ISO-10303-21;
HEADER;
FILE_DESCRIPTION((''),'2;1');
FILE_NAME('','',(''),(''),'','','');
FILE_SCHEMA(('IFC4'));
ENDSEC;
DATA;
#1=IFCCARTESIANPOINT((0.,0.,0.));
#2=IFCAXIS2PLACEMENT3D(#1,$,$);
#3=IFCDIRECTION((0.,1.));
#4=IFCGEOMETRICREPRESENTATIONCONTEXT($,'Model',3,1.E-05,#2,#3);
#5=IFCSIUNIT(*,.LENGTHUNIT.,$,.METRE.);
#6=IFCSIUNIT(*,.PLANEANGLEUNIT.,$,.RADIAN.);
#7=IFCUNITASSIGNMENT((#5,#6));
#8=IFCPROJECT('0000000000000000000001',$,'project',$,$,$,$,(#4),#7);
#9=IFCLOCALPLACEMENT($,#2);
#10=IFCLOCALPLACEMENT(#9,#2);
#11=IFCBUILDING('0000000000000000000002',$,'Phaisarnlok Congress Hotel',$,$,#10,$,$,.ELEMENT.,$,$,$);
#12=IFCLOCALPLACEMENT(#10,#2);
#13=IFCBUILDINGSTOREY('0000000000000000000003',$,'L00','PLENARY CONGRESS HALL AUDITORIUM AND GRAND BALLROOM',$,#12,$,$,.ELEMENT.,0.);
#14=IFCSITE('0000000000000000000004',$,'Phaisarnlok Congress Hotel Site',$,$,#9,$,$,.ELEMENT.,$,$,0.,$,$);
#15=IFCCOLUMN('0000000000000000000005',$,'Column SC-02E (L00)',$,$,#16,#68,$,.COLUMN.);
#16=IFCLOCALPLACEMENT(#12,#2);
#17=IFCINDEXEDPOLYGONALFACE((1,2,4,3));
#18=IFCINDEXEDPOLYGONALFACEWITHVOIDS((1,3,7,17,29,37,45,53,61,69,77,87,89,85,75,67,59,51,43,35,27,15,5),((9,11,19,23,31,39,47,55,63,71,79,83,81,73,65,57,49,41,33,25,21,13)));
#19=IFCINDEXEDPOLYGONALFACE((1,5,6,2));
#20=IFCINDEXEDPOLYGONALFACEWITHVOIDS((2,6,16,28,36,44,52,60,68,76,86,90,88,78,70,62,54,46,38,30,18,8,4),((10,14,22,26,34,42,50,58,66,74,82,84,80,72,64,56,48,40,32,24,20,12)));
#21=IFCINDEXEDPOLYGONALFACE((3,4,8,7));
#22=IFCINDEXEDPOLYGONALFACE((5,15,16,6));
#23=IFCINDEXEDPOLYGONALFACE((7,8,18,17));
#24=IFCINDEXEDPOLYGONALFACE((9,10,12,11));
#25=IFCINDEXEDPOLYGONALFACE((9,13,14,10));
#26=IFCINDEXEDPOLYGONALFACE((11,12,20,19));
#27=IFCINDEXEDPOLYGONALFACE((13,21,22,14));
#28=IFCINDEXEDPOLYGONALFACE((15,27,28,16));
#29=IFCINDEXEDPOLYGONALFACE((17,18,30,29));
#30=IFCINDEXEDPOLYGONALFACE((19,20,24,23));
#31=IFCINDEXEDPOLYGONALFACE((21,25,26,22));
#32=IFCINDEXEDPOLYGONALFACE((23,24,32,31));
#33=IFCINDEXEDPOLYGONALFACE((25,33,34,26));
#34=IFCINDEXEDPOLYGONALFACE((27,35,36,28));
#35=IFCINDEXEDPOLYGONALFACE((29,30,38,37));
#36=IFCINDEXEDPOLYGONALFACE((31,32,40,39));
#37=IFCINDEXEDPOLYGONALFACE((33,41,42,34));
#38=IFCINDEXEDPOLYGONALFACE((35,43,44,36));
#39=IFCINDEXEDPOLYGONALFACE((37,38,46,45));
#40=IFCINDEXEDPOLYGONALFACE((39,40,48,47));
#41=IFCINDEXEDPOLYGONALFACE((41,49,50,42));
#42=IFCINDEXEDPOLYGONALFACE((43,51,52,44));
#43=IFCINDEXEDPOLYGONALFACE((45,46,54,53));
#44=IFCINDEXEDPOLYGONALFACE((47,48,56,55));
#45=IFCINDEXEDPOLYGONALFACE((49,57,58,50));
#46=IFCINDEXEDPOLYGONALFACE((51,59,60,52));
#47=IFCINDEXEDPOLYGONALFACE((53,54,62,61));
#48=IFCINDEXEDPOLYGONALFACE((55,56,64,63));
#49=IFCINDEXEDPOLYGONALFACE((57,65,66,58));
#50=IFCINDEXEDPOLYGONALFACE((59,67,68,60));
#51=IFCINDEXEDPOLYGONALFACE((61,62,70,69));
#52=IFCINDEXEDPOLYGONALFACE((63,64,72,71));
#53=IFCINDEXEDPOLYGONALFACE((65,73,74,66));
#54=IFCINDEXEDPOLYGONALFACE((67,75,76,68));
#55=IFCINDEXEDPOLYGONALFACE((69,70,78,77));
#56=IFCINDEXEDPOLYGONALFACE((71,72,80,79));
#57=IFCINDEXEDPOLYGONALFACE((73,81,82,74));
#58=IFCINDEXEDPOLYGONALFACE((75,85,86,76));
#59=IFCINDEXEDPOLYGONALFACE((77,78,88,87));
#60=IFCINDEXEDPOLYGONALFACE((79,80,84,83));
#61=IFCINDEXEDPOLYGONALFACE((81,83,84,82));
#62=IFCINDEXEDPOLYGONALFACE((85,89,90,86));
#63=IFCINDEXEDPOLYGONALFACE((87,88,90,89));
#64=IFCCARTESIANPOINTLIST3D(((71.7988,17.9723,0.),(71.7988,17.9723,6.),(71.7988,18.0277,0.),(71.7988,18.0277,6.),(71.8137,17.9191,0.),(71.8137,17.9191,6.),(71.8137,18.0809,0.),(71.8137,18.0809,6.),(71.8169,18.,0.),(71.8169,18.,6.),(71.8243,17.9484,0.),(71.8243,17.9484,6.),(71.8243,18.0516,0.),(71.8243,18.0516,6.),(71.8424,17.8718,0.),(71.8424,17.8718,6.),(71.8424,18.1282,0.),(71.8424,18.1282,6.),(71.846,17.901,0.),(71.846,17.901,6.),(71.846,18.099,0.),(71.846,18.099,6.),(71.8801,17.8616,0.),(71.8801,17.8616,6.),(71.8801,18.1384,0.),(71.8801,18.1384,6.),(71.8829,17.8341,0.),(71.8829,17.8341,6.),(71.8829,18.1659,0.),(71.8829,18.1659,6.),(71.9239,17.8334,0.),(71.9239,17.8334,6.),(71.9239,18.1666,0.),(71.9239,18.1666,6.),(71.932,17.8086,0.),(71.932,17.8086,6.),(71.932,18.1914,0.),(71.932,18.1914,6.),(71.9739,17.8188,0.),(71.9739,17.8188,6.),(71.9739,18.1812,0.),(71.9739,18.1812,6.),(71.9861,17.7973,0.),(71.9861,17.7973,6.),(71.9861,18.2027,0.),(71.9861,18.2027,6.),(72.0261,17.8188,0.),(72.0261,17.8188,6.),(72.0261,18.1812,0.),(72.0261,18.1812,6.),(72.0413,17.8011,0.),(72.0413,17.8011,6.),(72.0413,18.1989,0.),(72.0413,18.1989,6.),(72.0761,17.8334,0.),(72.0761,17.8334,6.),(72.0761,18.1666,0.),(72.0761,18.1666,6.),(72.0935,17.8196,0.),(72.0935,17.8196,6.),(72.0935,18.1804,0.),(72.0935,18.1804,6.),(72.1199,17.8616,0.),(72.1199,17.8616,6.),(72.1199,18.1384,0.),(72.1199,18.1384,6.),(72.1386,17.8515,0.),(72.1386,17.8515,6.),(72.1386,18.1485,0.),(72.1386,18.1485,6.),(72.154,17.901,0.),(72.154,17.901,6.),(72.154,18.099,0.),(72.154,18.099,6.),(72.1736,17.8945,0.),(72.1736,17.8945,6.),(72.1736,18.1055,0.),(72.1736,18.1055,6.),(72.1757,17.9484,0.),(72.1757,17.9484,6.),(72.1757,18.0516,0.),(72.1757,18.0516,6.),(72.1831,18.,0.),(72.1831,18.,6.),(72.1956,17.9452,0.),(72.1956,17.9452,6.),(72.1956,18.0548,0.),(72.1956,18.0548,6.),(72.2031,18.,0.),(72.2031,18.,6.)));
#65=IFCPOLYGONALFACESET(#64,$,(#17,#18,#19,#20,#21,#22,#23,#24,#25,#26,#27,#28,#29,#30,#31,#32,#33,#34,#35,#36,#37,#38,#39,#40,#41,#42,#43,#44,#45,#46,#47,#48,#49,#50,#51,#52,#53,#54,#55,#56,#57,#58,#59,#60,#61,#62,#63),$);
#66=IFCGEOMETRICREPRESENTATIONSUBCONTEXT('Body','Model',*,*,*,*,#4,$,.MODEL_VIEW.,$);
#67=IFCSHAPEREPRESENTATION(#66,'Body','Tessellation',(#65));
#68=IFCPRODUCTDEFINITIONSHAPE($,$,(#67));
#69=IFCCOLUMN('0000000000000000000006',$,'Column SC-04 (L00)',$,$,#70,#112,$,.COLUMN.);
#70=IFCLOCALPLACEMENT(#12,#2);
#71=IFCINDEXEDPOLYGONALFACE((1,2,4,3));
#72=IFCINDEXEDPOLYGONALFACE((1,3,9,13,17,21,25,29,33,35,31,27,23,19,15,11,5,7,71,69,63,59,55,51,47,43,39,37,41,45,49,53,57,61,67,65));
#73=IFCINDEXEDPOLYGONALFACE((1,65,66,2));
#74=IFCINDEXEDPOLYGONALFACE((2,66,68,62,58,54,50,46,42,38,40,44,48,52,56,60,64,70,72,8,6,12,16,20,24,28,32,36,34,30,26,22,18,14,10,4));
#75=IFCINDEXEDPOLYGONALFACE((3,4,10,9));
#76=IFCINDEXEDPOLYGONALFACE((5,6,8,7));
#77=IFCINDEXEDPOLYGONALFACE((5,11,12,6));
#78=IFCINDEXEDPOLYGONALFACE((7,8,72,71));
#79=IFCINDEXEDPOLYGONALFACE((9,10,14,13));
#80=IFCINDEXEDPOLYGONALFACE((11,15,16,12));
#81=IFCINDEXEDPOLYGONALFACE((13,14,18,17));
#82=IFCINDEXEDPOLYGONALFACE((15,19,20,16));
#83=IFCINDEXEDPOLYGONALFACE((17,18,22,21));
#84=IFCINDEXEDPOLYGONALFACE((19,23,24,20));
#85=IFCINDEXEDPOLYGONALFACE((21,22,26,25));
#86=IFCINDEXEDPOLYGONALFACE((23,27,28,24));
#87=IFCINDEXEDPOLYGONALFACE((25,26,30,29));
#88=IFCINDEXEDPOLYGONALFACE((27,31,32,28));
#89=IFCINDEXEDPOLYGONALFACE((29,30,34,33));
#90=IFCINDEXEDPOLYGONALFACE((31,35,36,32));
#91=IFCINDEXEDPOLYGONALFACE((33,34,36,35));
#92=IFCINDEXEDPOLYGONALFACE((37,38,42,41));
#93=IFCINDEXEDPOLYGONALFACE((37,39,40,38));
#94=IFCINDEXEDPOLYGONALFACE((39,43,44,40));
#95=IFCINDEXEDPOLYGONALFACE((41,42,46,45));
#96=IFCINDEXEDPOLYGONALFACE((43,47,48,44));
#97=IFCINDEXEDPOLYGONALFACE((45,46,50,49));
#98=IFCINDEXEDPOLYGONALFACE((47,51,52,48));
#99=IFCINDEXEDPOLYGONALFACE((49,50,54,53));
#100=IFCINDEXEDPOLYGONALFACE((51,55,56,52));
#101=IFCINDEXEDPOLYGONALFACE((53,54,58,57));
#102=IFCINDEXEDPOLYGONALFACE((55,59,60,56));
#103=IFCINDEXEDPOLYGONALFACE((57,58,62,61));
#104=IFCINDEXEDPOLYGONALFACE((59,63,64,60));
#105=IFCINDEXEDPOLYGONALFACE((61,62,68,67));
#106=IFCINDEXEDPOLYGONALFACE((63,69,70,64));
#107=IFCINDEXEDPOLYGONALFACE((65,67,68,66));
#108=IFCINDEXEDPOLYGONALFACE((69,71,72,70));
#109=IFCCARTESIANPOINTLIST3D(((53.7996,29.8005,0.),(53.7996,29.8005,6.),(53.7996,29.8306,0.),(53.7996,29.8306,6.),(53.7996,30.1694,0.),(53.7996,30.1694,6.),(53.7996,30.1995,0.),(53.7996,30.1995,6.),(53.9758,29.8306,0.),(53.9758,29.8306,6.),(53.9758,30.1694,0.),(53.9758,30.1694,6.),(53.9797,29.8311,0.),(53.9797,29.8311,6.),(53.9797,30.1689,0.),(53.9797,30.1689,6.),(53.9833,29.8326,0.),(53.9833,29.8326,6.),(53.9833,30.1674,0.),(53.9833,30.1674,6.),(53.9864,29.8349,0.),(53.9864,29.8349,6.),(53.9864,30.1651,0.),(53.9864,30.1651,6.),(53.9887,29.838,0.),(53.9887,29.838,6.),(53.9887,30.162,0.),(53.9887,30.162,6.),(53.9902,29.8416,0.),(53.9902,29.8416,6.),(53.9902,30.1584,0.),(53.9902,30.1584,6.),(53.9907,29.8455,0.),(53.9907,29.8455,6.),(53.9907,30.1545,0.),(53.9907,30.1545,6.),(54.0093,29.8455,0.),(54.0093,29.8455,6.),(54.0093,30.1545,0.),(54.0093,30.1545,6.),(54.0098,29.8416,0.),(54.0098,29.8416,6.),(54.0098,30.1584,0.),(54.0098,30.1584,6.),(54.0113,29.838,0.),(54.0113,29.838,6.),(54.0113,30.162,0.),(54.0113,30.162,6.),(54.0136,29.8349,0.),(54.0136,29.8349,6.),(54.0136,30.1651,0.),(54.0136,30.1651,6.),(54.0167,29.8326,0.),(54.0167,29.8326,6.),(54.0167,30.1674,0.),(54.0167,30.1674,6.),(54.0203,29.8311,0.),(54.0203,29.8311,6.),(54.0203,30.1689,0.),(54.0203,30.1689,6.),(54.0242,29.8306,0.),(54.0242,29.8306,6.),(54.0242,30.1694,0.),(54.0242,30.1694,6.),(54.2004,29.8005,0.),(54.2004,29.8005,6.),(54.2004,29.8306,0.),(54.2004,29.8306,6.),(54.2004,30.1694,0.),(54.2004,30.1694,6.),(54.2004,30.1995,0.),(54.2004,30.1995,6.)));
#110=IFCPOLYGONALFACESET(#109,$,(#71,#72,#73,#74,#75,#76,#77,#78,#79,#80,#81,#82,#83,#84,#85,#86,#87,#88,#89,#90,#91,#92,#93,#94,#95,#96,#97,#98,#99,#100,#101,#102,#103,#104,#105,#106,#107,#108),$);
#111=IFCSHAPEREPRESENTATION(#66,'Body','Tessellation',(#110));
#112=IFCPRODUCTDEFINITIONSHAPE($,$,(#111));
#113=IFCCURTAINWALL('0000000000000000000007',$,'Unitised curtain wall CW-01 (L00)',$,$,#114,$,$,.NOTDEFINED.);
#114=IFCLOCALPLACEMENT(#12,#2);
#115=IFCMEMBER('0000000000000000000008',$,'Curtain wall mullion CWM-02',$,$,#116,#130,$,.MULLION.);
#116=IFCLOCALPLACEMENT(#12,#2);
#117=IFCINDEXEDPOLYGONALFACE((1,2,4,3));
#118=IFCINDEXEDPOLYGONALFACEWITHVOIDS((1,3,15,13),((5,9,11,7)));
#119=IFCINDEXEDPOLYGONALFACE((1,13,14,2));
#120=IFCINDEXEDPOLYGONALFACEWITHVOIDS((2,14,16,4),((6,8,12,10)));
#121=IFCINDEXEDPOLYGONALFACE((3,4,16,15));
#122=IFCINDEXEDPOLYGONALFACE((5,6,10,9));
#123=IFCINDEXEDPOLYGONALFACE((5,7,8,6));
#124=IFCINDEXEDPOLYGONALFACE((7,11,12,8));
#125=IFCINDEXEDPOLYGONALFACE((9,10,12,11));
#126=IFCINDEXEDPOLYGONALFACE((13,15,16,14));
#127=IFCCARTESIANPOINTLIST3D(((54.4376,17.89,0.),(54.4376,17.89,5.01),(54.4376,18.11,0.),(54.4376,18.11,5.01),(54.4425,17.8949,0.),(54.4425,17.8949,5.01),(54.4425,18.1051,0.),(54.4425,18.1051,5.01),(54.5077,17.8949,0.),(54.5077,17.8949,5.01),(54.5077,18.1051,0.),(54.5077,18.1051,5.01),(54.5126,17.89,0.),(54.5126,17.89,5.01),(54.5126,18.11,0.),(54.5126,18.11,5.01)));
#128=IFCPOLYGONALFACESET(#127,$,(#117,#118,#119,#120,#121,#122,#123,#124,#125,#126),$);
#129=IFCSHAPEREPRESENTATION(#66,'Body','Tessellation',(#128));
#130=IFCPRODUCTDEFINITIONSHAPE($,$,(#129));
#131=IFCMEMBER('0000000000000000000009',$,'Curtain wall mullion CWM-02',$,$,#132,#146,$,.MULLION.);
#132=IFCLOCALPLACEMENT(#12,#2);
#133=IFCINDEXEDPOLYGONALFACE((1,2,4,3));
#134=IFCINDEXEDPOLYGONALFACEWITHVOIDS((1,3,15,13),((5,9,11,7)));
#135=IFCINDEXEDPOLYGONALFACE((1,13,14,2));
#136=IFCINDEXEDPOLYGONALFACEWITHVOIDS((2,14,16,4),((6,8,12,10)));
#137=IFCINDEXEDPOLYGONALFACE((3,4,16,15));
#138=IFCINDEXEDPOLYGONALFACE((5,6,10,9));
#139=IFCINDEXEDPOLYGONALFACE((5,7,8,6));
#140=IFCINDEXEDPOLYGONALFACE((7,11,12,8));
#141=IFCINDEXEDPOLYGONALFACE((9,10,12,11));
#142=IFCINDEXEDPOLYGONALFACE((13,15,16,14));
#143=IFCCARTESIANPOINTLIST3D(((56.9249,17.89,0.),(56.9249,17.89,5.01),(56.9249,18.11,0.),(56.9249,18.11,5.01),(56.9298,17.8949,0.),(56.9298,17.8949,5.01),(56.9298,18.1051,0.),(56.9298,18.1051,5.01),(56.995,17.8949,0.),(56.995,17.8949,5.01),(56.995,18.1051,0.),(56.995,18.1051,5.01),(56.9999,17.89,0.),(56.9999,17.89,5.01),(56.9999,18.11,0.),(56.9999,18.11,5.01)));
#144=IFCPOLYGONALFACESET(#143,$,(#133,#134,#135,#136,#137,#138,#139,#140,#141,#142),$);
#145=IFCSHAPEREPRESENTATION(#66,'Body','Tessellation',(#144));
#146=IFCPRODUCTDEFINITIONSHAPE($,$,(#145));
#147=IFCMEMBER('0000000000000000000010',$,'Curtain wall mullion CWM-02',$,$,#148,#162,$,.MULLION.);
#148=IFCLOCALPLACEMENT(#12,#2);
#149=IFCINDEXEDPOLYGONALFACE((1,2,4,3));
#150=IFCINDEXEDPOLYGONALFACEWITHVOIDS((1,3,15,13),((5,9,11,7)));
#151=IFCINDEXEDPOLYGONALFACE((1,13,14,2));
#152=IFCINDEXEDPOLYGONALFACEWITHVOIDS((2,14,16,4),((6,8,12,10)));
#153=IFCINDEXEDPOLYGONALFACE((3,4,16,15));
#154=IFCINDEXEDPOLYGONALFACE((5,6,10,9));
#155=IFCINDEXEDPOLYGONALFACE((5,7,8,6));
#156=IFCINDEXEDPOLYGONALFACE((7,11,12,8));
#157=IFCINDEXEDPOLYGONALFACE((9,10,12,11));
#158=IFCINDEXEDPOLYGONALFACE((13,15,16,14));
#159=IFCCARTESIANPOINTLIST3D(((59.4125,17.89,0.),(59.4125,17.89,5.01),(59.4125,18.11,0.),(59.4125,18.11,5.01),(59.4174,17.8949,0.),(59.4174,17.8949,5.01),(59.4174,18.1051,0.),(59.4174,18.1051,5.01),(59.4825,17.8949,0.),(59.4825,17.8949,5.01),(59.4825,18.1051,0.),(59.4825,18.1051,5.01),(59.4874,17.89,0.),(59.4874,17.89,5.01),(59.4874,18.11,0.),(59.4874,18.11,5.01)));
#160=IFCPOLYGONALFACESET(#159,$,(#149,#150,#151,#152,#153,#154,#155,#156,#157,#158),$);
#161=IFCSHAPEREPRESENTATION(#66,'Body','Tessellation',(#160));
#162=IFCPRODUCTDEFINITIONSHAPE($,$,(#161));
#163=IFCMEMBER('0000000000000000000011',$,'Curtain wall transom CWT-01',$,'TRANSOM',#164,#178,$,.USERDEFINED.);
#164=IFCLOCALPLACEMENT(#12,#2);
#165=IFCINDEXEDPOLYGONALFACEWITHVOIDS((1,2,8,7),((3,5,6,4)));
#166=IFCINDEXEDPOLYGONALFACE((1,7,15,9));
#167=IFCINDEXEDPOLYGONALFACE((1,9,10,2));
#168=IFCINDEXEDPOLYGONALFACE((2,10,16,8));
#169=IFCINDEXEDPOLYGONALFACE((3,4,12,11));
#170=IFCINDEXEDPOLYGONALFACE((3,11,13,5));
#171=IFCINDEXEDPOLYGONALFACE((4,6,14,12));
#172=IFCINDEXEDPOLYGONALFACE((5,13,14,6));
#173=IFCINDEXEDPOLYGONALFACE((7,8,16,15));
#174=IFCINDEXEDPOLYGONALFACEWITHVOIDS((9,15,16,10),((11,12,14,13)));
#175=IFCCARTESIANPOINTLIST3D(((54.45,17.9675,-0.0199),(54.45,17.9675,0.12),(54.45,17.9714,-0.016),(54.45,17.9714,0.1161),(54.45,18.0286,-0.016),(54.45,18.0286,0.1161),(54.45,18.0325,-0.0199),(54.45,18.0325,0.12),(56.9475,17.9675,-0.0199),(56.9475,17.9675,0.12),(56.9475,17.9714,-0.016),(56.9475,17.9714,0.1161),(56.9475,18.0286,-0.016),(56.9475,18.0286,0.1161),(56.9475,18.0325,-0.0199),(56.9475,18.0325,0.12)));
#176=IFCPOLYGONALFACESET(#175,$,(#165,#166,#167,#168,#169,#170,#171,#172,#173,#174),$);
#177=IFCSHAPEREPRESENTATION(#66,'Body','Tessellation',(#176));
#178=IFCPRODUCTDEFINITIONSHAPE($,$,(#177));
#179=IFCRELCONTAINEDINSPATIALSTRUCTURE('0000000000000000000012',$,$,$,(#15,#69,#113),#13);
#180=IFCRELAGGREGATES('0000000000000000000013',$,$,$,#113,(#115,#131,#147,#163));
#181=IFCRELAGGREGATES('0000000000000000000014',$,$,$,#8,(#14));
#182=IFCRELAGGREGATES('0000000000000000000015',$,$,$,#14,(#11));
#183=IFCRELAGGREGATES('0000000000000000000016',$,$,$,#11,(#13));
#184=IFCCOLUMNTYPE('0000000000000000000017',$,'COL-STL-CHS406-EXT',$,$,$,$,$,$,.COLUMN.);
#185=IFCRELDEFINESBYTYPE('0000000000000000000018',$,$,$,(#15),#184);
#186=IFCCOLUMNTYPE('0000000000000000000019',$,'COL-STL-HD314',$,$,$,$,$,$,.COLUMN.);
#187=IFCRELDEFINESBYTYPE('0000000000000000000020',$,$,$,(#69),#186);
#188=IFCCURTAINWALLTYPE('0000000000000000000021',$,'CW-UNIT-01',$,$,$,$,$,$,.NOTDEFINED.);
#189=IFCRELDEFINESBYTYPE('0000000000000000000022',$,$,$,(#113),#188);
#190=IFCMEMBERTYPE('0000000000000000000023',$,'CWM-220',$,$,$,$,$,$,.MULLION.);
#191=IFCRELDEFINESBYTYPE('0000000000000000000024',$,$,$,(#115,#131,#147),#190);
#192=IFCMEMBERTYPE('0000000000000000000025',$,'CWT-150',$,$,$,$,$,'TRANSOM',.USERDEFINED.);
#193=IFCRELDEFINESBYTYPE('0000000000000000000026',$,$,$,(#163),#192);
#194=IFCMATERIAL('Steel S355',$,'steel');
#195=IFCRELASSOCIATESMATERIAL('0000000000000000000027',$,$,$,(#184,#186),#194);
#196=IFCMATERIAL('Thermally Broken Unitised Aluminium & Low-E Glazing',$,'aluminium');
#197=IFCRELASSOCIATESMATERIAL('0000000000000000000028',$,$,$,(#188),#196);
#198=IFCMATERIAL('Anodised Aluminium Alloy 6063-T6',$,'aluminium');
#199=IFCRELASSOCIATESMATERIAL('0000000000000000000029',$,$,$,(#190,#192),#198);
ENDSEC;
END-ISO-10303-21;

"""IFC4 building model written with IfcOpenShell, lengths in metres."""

from ifc_helpers import new_model, si_unit, direction, frame, origin, origin_2d, place, context, subcontext, project, spatial, hollow_rectangle, hollow_circle, i_section, extrude, material, material_profile, profile_set, type_object, element, aggregate, save


model = new_model("IFC4")

# Units and contexts
model_context = context("Model", 3, precision=1e-05, world=origin(), true_north=direction((0.0, 1.0)))
body_context = subcontext(model_context, "Body", "Model", "MODEL_VIEW")
ifc_project = project(units=[si_unit("LENGTHUNIT", "METRE"), si_unit("PLANEANGLEUNIT", "RADIAN")], contexts=[model_context])

# Site, building, storey
site_placement = place(None, origin())
site = spatial("IfcSite", under=ifc_project, at=site_placement, Name="Phaisarnlok Congress Hotel Site", CompositionType="ELEMENT", RefElevation=0.0)
building_placement = place(site_placement, origin())
building = spatial("IfcBuilding", under=site, at=building_placement, Name="Phaisarnlok Congress Hotel", CompositionType="ELEMENT")
storey_placement = place(building_placement, origin())
storey = spatial("IfcBuildingStorey", under=building, at=storey_placement, Name="L00", Description="PLENARY CONGRESS HALL AUDITORIUM AND GRAND BALLROOM", CompositionType="ELEMENT", Elevation=0.0)

# Columns
ifc_material_1 = material(Name="Steel S355", Category="steel")
ifc_material_profile_1 = material_profile(ifc_material_1, hollow_circle(Radius=0.2031, WallThickness=0.02, at=origin_2d()), Name="CHS 406.4x20")
ifc_profile_set_1 = profile_set([ifc_material_profile_1], Name="Steel S355")
column_type_1 = type_object("IfcColumnType", Name="COL-STL-CHS406-EXT", PredefinedType="COLUMN", material=ifc_profile_set_1)
for number, where, z_axis, x_axis, name in (
    (1, (72.0, 18.0, 0.0), (0.0, 0.0, 1.0), (1.0, 0.0, 0.0), "Column SC-02E (L00)"),
):
    element("IfcColumn", number, at=place(storey_placement, frame(where, z_axis=z_axis, x_axis=x_axis)), inside=storey, type_object=column_type_1, Name=name, PredefinedType="COLUMN", context=body_context, shape_type="SweptSolid", body=[
        extrude(hollow_circle(Radius=0.2031, WallThickness=0.02, at=origin_2d()), origin(), (0.0, 0.0, 1.0), 6.0),
    ])
ifc_material_profile_2 = material_profile(ifc_material_1, i_section(OverallWidth=0.4009, OverallDepth=0.3989, WebThickness=0.0186, FlangeThickness=0.03, FilletRadius=0.0149, at=origin_2d()), Name="HD 400x314")
ifc_profile_set_2 = profile_set([ifc_material_profile_2], Name="Steel S355")
column_type_2 = type_object("IfcColumnType", Name="COL-STL-HD314", PredefinedType="COLUMN", material=ifc_profile_set_2)
column_1_placement = place(storey_placement, frame((54.0, 30.0, 0.0), z_axis=(0.0, 0.0, 1.0), x_axis=(1.0, 0.0, 0.0)))
element("IfcColumn", 2, at=column_1_placement, inside=storey, type_object=column_type_2, Name="Column SC-04 (L00)", PredefinedType="COLUMN", context=body_context, shape_type="SweptSolid", body=[
    extrude(i_section(OverallWidth=0.4009, OverallDepth=0.3989, WebThickness=0.0186, FlangeThickness=0.03, FilletRadius=0.0149, at=origin_2d()), origin(), (0.0, 0.0, 1.0), 6.0),
])

# Curtain wall, members
ifc_material_2 = material(Name="Thermally Broken Unitised Aluminium & Low-E Glazing", Category="aluminium")
curtain_wall_type = type_object("IfcCurtainWallType", Name="CW-UNIT-01", PredefinedType="NOTDEFINED", material=ifc_material_2)
curtain_wall_placement = place(storey_placement, origin())
curtain_wall = element("IfcCurtainWall", 3, at=curtain_wall_placement, inside=storey, type_object=curtain_wall_type, Name="Unitised curtain wall CW-01 (L00)", PredefinedType="NOTDEFINED")
ifc_material_3 = material(Name="Anodised Aluminium Alloy 6063-T6", Category="aluminium")
ifc_material_profile_3 = material_profile(ifc_material_3, hollow_rectangle(XDim=0.075, YDim=0.22, WallThickness=0.0049, at=origin_2d()), Name="ALU-M 75x220x5")
ifc_profile_set_3 = profile_set([ifc_material_profile_3], Name="Anodised Aluminium Alloy 6063-T6")
member_type_1 = type_object("IfcMemberType", Name="CWM-220", PredefinedType="MULLION", material=ifc_profile_set_3)
member_1_placement = place(storey_placement, frame((54.4751, 18.0, 0.0), z_axis=(0.0, 0.0, 1.0), x_axis=(1.0, 0.0, 0.0)))
member_1 = element("IfcMember", 4, at=member_1_placement, type_object=member_type_1, Name="Curtain wall mullion CWM-02", PredefinedType="MULLION", context=body_context, shape_type="SweptSolid", body=[
    extrude(hollow_rectangle(XDim=0.075, YDim=0.22, WallThickness=0.0049, at=origin_2d()), origin(), (0.0, 0.0, 1.0), 5.01),
])
member_2_placement = place(storey_placement, frame((56.9624, 18.0, 0.0), z_axis=(0.0, 0.0, 1.0), x_axis=(1.0, 0.0, 0.0)))
member_2 = element("IfcMember", 5, at=member_2_placement, type_object=member_type_1, Name="Curtain wall mullion CWM-02", PredefinedType="MULLION", context=body_context, shape_type="SweptSolid", body=[
    extrude(hollow_rectangle(XDim=0.075, YDim=0.22, WallThickness=0.0049, at=origin_2d()), origin(), (0.0, 0.0, 1.0), 5.01),
])
member_3_placement = place(storey_placement, frame((59.45, 18.0, 0.0), z_axis=(0.0, 0.0, 1.0), x_axis=(1.0, 0.0, 0.0)))
member_3 = element("IfcMember", 6, at=member_3_placement, type_object=member_type_1, Name="Curtain wall mullion CWM-02", PredefinedType="MULLION", context=body_context, shape_type="SweptSolid", body=[
    extrude(hollow_rectangle(XDim=0.075, YDim=0.22, WallThickness=0.0049, at=origin_2d()), origin(), (0.0, 0.0, 1.0), 5.01),
])
ifc_material_profile_4 = material_profile(ifc_material_3, hollow_rectangle(XDim=0.0649, YDim=0.1399, WallThickness=0.0039, at=origin_2d()), Name="ALU-T 65x140x4")
ifc_profile_set_4 = profile_set([ifc_material_profile_4], Name="Anodised Aluminium Alloy 6063-T6")
member_type_2 = type_object("IfcMemberType", Name="CWT-150", ElementType="TRANSOM", PredefinedType="USERDEFINED", material=ifc_profile_set_4)
member_4_placement = place(storey_placement, frame((54.45, 18.0, 0.05), z_axis=(1.0, 0.0, 0.0), x_axis=(0.0, 1.0, 0.0)))
member_4 = element("IfcMember", 7, at=member_4_placement, type_object=member_type_2, Name="Curtain wall transom CWT-01", ObjectType="TRANSOM", PredefinedType="USERDEFINED", context=body_context, shape_type="SweptSolid", body=[
    extrude(hollow_rectangle(XDim=0.0649, YDim=0.1399, WallThickness=0.0039, at=origin_2d()), origin(), (0.0, 0.0, 1.0), 2.4976),
])

aggregate(curtain_wall, [member_1, member_2, member_3, member_4])

save(model, "model.ifc")
